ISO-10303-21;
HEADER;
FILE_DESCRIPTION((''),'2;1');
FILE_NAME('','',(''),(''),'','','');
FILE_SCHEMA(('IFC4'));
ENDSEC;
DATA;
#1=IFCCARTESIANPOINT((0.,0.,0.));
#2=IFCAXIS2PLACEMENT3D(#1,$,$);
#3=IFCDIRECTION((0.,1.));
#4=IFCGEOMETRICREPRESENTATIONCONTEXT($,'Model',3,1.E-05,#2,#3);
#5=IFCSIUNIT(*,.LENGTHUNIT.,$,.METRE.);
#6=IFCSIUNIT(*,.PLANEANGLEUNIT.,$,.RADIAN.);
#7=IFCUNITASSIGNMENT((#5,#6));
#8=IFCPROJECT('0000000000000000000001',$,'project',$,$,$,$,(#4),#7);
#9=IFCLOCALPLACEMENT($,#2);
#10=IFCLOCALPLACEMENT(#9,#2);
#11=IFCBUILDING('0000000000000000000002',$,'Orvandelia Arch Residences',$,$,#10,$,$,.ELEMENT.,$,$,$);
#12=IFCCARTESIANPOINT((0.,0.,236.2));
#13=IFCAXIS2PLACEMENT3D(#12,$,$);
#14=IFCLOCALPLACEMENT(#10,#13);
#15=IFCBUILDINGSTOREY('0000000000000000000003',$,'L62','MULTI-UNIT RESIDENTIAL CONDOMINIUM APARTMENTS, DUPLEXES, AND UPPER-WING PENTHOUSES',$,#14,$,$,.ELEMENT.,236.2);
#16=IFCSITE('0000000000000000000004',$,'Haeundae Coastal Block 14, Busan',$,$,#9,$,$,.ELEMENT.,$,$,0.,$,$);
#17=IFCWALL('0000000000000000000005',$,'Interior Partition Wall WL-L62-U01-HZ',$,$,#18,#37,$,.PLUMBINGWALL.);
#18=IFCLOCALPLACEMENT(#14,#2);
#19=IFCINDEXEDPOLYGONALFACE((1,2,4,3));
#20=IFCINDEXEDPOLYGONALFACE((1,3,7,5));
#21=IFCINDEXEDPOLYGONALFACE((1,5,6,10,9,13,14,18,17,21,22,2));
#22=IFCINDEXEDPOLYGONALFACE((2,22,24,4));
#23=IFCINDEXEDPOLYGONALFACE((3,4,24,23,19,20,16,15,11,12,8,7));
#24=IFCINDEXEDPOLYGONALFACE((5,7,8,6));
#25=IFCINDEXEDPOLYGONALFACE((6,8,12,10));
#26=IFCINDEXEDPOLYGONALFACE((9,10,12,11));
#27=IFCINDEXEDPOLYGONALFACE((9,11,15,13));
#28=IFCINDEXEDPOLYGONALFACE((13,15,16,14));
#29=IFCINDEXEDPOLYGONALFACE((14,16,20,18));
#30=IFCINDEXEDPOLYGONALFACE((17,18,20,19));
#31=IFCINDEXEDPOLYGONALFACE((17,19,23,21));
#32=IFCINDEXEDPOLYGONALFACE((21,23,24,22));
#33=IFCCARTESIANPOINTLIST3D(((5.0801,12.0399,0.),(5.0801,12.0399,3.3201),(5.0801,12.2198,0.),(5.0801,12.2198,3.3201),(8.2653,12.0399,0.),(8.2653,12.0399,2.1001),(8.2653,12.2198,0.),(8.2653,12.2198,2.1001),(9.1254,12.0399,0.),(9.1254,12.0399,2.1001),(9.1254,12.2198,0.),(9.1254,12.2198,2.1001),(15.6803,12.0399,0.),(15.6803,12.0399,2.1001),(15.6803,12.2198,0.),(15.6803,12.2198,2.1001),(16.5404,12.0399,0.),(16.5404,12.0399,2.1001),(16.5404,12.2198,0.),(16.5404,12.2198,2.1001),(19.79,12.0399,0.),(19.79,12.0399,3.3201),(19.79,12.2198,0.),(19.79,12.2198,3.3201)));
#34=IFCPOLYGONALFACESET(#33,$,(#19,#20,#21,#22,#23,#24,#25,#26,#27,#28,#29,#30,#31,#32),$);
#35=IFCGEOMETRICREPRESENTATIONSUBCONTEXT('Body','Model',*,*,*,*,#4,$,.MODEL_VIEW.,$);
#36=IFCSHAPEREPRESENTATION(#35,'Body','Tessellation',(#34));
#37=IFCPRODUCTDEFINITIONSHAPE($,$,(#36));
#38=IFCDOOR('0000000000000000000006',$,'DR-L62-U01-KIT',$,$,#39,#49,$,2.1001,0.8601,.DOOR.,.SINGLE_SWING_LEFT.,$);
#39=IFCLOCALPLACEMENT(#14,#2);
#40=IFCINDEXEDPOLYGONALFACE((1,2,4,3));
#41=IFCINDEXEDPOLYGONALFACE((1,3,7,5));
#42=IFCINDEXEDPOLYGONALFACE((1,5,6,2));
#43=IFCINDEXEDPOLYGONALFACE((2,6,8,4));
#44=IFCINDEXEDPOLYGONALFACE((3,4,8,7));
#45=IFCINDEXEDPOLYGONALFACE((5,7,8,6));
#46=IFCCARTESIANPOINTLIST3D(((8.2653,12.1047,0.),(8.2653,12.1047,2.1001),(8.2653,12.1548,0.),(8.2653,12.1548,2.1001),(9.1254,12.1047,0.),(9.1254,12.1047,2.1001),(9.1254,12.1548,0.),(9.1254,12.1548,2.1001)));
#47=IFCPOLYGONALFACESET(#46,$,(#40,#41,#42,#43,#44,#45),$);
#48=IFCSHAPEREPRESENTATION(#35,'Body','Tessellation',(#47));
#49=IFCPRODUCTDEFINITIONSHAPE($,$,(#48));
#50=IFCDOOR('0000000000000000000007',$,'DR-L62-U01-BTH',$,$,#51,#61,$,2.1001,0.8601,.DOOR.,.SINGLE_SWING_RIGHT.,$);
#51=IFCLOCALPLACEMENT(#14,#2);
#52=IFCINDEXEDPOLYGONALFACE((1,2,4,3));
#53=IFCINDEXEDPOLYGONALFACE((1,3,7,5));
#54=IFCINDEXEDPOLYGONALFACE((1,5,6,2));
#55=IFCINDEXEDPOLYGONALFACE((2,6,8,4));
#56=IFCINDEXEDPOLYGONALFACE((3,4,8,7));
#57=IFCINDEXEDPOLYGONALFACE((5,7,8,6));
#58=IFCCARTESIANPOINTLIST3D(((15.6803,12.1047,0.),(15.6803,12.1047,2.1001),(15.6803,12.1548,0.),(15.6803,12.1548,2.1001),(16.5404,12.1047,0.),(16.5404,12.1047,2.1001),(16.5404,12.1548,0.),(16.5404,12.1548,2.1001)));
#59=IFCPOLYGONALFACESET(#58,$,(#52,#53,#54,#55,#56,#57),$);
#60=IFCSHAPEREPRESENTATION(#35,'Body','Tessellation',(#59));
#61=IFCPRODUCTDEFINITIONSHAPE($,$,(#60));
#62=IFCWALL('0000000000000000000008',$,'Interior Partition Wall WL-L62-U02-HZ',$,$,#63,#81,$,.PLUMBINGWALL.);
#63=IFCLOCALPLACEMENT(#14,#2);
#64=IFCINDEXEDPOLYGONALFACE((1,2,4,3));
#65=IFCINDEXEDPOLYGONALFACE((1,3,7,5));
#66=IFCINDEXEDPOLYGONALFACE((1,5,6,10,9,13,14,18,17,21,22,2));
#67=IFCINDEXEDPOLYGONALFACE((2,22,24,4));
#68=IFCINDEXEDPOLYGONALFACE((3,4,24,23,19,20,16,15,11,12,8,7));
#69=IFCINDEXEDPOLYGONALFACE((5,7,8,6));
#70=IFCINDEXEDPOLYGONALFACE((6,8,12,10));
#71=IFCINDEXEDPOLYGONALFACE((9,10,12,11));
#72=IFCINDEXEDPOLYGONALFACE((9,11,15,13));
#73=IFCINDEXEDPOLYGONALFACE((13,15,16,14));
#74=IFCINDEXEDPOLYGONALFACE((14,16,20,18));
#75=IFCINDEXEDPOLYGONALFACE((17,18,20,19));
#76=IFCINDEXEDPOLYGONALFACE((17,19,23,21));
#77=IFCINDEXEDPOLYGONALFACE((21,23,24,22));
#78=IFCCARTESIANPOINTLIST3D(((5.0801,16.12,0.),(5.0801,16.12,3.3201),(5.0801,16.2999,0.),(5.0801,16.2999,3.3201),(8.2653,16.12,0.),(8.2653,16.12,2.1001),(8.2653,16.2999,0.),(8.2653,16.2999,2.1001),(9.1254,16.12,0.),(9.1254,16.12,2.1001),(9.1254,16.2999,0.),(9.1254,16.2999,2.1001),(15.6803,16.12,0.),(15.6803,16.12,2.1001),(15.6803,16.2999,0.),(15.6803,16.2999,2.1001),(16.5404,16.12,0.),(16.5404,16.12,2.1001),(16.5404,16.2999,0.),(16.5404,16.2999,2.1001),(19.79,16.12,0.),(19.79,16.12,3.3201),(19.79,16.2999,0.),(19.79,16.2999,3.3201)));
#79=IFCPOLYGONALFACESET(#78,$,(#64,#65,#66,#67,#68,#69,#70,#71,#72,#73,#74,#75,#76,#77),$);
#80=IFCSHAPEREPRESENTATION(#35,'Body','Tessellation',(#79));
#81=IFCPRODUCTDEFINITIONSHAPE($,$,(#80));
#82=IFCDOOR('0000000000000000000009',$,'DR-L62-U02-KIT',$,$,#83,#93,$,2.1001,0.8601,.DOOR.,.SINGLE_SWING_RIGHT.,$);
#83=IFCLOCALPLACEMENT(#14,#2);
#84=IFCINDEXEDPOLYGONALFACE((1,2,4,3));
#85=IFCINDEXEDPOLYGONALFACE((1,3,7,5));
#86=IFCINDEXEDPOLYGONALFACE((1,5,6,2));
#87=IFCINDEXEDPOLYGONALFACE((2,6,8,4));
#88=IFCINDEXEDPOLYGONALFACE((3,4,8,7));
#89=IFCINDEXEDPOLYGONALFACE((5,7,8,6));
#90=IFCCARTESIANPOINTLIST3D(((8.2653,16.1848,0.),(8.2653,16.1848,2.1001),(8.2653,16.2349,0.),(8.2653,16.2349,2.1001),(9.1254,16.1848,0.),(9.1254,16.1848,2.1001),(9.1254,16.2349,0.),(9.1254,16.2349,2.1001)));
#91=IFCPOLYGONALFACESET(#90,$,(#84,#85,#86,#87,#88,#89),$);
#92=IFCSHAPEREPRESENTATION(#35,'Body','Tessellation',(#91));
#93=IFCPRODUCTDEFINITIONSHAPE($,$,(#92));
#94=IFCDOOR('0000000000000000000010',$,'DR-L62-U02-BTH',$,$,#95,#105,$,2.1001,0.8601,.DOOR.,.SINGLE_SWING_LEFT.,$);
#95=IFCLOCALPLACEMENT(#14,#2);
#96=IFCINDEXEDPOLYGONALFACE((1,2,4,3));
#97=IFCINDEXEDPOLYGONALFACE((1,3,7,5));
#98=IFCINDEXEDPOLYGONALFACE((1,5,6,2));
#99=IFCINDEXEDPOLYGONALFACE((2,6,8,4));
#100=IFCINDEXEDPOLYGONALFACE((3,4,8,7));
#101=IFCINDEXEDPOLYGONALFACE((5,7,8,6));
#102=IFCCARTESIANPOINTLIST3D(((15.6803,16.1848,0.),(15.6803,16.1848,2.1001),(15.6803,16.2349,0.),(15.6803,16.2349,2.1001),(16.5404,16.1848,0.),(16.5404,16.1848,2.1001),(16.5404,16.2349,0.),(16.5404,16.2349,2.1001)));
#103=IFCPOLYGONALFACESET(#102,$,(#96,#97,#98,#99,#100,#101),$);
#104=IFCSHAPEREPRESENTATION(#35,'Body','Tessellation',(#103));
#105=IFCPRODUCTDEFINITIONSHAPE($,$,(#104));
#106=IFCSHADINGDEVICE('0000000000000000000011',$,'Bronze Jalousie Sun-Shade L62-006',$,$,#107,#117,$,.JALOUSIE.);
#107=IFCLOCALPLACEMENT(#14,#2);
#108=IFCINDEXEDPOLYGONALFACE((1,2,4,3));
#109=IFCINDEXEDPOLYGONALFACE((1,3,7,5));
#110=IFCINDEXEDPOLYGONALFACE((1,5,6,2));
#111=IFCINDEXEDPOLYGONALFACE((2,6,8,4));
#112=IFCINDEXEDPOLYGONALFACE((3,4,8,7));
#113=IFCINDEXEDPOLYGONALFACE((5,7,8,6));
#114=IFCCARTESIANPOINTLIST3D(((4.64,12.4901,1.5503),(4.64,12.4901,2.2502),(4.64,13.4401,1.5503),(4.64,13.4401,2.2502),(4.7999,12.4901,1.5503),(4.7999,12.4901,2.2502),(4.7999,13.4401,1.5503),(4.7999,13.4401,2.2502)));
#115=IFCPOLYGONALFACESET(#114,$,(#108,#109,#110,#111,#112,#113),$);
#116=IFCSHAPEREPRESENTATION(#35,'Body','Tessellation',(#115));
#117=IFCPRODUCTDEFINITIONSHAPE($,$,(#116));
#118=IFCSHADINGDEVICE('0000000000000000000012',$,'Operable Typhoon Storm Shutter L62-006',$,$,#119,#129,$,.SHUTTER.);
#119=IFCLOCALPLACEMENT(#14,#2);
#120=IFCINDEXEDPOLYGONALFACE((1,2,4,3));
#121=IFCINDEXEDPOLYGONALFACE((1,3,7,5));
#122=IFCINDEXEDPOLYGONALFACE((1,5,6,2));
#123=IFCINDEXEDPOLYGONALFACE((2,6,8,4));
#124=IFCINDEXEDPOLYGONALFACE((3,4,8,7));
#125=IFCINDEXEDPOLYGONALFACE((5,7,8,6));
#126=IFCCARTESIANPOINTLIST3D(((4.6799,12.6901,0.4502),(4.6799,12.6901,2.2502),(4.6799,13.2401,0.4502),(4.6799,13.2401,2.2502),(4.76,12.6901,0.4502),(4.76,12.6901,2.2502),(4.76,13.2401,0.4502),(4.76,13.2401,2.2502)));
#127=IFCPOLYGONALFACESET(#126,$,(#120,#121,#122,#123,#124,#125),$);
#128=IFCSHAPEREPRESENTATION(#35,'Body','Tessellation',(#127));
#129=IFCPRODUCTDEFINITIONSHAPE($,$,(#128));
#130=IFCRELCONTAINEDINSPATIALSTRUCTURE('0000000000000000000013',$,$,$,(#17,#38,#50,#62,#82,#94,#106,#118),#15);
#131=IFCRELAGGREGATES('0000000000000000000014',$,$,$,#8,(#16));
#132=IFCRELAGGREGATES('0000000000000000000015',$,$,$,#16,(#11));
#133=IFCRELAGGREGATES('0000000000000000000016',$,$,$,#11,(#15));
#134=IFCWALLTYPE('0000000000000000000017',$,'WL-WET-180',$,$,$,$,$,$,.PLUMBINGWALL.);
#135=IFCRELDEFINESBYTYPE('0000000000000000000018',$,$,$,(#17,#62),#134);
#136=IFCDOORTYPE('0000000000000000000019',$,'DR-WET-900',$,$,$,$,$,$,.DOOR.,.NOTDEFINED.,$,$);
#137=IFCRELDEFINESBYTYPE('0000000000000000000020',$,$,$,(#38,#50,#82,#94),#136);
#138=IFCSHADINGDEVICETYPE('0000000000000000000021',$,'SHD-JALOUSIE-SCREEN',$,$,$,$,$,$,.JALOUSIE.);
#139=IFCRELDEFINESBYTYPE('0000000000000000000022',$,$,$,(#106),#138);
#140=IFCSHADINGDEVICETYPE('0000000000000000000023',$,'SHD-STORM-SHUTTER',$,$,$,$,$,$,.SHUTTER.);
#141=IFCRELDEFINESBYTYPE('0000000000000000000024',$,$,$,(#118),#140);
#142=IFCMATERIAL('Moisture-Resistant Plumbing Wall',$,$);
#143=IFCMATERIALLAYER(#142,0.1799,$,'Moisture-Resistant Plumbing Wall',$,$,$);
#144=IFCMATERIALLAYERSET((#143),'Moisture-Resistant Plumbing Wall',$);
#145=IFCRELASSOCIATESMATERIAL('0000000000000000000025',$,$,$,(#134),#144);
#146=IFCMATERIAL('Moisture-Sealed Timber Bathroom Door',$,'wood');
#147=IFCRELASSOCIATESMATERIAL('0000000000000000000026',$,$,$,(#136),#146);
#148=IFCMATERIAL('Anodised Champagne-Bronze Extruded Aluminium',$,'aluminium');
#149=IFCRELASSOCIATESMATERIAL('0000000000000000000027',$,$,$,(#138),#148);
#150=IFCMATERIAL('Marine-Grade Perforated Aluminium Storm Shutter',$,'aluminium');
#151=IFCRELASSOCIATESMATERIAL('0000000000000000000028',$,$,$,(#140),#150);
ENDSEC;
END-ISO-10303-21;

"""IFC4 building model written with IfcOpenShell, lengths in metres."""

from ifc_helpers import new_model, si_unit, direction, frame, frame_2d, origin, origin_2d, place, context, subcontext, project, spatial, rectangle, extrude, material, layer, layer_set, type_object, element, fill, save


model = new_model("IFC4")

# Units and contexts
model_context = context("Model", 3, precision=1e-05, world=origin(), true_north=direction((0.0, 1.0)))
body_context = subcontext(model_context, "Body", "Model", "MODEL_VIEW")
ifc_project = project(units=[si_unit("LENGTHUNIT", "METRE"), si_unit("PLANEANGLEUNIT", "RADIAN")], contexts=[model_context])

# Site, building, storey
site_placement = place(None, origin())
site = spatial("IfcSite", under=ifc_project, at=site_placement, Name="Haeundae Coastal Block 14, Busan", CompositionType="ELEMENT", RefElevation=0.0)
building_placement = place(site_placement, origin())
building = spatial("IfcBuilding", under=site, at=building_placement, Name="Orvandelia Arch Residences", CompositionType="ELEMENT")
storey_placement = place(building_placement, frame((0.0, 0.0, 236.2)))
storey = spatial("IfcBuildingStorey", under=building, at=storey_placement, Name="L62", Description="MULTI-UNIT RESIDENTIAL CONDOMINIUM APARTMENTS, DUPLEXES, AND UPPER-WING PENTHOUSES", CompositionType="ELEMENT", Elevation=236.2)

# Walls, openings, doors
ifc_material_1 = material(Name="Moisture-Resistant Plumbing Wall")
ifc_layer_1 = layer(ifc_material_1, 0.1799, Name="Moisture-Resistant Plumbing Wall")
ifc_layer_set_1 = layer_set([ifc_layer_1], Name="Moisture-Resistant Plumbing Wall")
wall_type_1 = type_object("IfcWallType", Name="WL-WET-180", PredefinedType="PLUMBINGWALL", material=ifc_layer_set_1)
wall_1_placement = place(storey_placement, frame((5.0801, 12.1299, 0.0), z_axis=(0.0, 0.0, 1.0), x_axis=(1.0, 0.0, 0.0)))
wall_1 = element("IfcWall", 1, at=wall_1_placement, inside=storey, type_object=wall_type_1, Name="Interior Partition Wall WL-L62-U01-HZ", PredefinedType="PLUMBINGWALL", context=body_context, shape_type="SweptSolid", body=[
    extrude(rectangle(XDim=14.71, YDim=0.1799, at=frame_2d((7.355, 0.0))), origin(), (0.0, 0.0, 1.0), 3.3201),
])
opening_1_placement = place(wall_1_placement, frame((3.1851, 0.0, 0.0)))
opening_1 = element("IfcOpeningElement", 2, at=opening_1_placement, cuts=wall_1, PredefinedType="OPENING", context=body_context, shape_type="SweptSolid", body=[
    extrude(rectangle(XDim=0.8601, YDim=2.1001, at=frame_2d((0.4302, 1.05))), frame((0.0, 0.1001, 0.0), z_axis=(0.0, -1.0, 0.0), x_axis=(1.0, 0.0, 0.0)), (0.0, 0.0, 1.0), 0.2),
])
opening_2_placement = place(wall_1_placement, frame((10.6001, 0.0, 0.0)))
opening_2 = element("IfcOpeningElement", 3, at=opening_2_placement, cuts=wall_1, PredefinedType="OPENING", context=body_context, shape_type="SweptSolid", body=[
    extrude(rectangle(XDim=0.8601, YDim=2.1001, at=frame_2d((0.4302, 1.05))), frame((0.0, 0.1001, 0.0), z_axis=(0.0, -1.0, 0.0), x_axis=(1.0, 0.0, 0.0)), (0.0, 0.0, 1.0), 0.2),
])
ifc_material_2 = material(Name="Moisture-Sealed Timber Bathroom Door", Category="wood")
door_type_1 = type_object("IfcDoorType", Name="DR-WET-900", OperationType="NOTDEFINED", PredefinedType="DOOR", material=ifc_material_2)
door_1_placement = place(opening_1_placement, origin())
door_1 = element("IfcDoor", 4, at=door_1_placement, inside=storey, type_object=door_type_1, Name="DR-L62-U01-KIT", OperationType="SINGLE_SWING_LEFT", OverallHeight=2.1001, OverallWidth=0.8601, PredefinedType="DOOR", context=body_context, shape_type="SweptSolid", body=[
    extrude(rectangle(XDim=0.8601, YDim=2.1001, at=frame_2d((0.4302, 1.05))), frame((0.0, 0.0249, 0.0), z_axis=(0.0, -1.0, 0.0), x_axis=(1.0, 0.0, 0.0)), (0.0, 0.0, 1.0), 0.05),
])
fill(opening_1, door_1)
door_2_placement = place(opening_2_placement, origin())
door_2 = element("IfcDoor", 5, at=door_2_placement, inside=storey, type_object=door_type_1, Name="DR-L62-U01-BTH", OperationType="SINGLE_SWING_RIGHT", OverallHeight=2.1001, OverallWidth=0.8601, PredefinedType="DOOR", context=body_context, shape_type="SweptSolid", body=[
    extrude(rectangle(XDim=0.8601, YDim=2.1001, at=frame_2d((0.4302, 1.05))), frame((0.0, 0.0249, 0.0), z_axis=(0.0, -1.0, 0.0), x_axis=(1.0, 0.0, 0.0)), (0.0, 0.0, 1.0), 0.05),
])
fill(opening_2, door_2)
wall_2_placement = place(storey_placement, frame((5.0801, 16.21, 0.0), z_axis=(0.0, 0.0, 1.0), x_axis=(1.0, 0.0, 0.0)))
wall_2 = element("IfcWall", 6, at=wall_2_placement, inside=storey, type_object=wall_type_1, Name="Interior Partition Wall WL-L62-U02-HZ", PredefinedType="PLUMBINGWALL", context=body_context, shape_type="SweptSolid", body=[
    extrude(rectangle(XDim=14.71, YDim=0.1799, at=frame_2d((7.355, 0.0))), origin(), (0.0, 0.0, 1.0), 3.3201),
])
opening_3_placement = place(wall_2_placement, frame((3.1851, 0.0, 0.0)))
opening_3 = element("IfcOpeningElement", 7, at=opening_3_placement, cuts=wall_2, PredefinedType="OPENING", context=body_context, shape_type="SweptSolid", body=[
    extrude(rectangle(XDim=0.8601, YDim=2.1001, at=frame_2d((0.4302, 1.05))), frame((0.0, 0.1001, 0.0), z_axis=(0.0, -1.0, 0.0), x_axis=(1.0, 0.0, 0.0)), (0.0, 0.0, 1.0), 0.2),
])
opening_4_placement = place(wall_2_placement, frame((10.6001, 0.0, 0.0)))
opening_4 = element("IfcOpeningElement", 8, at=opening_4_placement, cuts=wall_2, PredefinedType="OPENING", context=body_context, shape_type="SweptSolid", body=[
    extrude(rectangle(XDim=0.8601, YDim=2.1001, at=frame_2d((0.4302, 1.05))), frame((0.0, 0.1001, 0.0), z_axis=(0.0, -1.0, 0.0), x_axis=(1.0, 0.0, 0.0)), (0.0, 0.0, 1.0), 0.2),
])
door_3_placement = place(opening_3_placement, origin())
door_3 = element("IfcDoor", 9, at=door_3_placement, inside=storey, type_object=door_type_1, Name="DR-L62-U02-KIT", OperationType="SINGLE_SWING_RIGHT", OverallHeight=2.1001, OverallWidth=0.8601, PredefinedType="DOOR", context=body_context, shape_type="SweptSolid", body=[
    extrude(rectangle(XDim=0.8601, YDim=2.1001, at=frame_2d((0.4302, 1.05))), frame((0.0, 0.0249, 0.0), z_axis=(0.0, -1.0, 0.0), x_axis=(1.0, 0.0, 0.0)), (0.0, 0.0, 1.0), 0.05),
])
fill(opening_3, door_3)
door_4_placement = place(opening_4_placement, origin())
door_4 = element("IfcDoor", 10, at=door_4_placement, inside=storey, type_object=door_type_1, Name="DR-L62-U02-BTH", OperationType="SINGLE_SWING_LEFT", OverallHeight=2.1001, OverallWidth=0.8601, PredefinedType="DOOR", context=body_context, shape_type="SweptSolid", body=[
    extrude(rectangle(XDim=0.8601, YDim=2.1001, at=frame_2d((0.4302, 1.05))), frame((0.0, 0.0249, 0.0), z_axis=(0.0, -1.0, 0.0), x_axis=(1.0, 0.0, 0.0)), (0.0, 0.0, 1.0), 0.05),
])
fill(opening_4, door_4)

# Shading devices
ifc_material_3 = material(Name="Anodised Champagne-Bronze Extruded Aluminium", Category="aluminium")
shading_device_type_1 = type_object("IfcShadingDeviceType", Name="SHD-JALOUSIE-SCREEN", PredefinedType="JALOUSIE", material=ifc_material_3)
shading_device_1_placement = place(storey_placement, frame((4.72, 12.9651, 1.5503), z_axis=(0.0, 0.0, 1.0), x_axis=(0.0, 1.0, 0.0)))
element("IfcShadingDevice", 11, at=shading_device_1_placement, inside=storey, type_object=shading_device_type_1, Name="Bronze Jalousie Sun-Shade L62-006", PredefinedType="JALOUSIE", context=body_context, shape_type="SweptSolid", body=[
    extrude(rectangle(XDim=0.95, YDim=0.1599, at=origin_2d()), origin(), (0.0, 0.0, 1.0), 0.7),
])
ifc_material_4 = material(Name="Marine-Grade Perforated Aluminium Storm Shutter", Category="aluminium")
shading_device_type_2 = type_object("IfcShadingDeviceType", Name="SHD-STORM-SHUTTER", PredefinedType="SHUTTER", material=ifc_material_4)
shading_device_2_placement = place(storey_placement, frame((4.72, 12.9651, 0.4502), z_axis=(0.0, 0.0, 1.0), x_axis=(0.0, 1.0, 0.0)))
element("IfcShadingDevice", 12, at=shading_device_2_placement, inside=storey, type_object=shading_device_type_2, Name="Operable Typhoon Storm Shutter L62-006", PredefinedType="SHUTTER", context=body_context, shape_type="SweptSolid", body=[
    extrude(rectangle(XDim=0.55, YDim=0.0801, at=origin_2d()), origin(), (0.0, 0.0, 1.0), 1.8),
])

save(model, "model.ifc")
